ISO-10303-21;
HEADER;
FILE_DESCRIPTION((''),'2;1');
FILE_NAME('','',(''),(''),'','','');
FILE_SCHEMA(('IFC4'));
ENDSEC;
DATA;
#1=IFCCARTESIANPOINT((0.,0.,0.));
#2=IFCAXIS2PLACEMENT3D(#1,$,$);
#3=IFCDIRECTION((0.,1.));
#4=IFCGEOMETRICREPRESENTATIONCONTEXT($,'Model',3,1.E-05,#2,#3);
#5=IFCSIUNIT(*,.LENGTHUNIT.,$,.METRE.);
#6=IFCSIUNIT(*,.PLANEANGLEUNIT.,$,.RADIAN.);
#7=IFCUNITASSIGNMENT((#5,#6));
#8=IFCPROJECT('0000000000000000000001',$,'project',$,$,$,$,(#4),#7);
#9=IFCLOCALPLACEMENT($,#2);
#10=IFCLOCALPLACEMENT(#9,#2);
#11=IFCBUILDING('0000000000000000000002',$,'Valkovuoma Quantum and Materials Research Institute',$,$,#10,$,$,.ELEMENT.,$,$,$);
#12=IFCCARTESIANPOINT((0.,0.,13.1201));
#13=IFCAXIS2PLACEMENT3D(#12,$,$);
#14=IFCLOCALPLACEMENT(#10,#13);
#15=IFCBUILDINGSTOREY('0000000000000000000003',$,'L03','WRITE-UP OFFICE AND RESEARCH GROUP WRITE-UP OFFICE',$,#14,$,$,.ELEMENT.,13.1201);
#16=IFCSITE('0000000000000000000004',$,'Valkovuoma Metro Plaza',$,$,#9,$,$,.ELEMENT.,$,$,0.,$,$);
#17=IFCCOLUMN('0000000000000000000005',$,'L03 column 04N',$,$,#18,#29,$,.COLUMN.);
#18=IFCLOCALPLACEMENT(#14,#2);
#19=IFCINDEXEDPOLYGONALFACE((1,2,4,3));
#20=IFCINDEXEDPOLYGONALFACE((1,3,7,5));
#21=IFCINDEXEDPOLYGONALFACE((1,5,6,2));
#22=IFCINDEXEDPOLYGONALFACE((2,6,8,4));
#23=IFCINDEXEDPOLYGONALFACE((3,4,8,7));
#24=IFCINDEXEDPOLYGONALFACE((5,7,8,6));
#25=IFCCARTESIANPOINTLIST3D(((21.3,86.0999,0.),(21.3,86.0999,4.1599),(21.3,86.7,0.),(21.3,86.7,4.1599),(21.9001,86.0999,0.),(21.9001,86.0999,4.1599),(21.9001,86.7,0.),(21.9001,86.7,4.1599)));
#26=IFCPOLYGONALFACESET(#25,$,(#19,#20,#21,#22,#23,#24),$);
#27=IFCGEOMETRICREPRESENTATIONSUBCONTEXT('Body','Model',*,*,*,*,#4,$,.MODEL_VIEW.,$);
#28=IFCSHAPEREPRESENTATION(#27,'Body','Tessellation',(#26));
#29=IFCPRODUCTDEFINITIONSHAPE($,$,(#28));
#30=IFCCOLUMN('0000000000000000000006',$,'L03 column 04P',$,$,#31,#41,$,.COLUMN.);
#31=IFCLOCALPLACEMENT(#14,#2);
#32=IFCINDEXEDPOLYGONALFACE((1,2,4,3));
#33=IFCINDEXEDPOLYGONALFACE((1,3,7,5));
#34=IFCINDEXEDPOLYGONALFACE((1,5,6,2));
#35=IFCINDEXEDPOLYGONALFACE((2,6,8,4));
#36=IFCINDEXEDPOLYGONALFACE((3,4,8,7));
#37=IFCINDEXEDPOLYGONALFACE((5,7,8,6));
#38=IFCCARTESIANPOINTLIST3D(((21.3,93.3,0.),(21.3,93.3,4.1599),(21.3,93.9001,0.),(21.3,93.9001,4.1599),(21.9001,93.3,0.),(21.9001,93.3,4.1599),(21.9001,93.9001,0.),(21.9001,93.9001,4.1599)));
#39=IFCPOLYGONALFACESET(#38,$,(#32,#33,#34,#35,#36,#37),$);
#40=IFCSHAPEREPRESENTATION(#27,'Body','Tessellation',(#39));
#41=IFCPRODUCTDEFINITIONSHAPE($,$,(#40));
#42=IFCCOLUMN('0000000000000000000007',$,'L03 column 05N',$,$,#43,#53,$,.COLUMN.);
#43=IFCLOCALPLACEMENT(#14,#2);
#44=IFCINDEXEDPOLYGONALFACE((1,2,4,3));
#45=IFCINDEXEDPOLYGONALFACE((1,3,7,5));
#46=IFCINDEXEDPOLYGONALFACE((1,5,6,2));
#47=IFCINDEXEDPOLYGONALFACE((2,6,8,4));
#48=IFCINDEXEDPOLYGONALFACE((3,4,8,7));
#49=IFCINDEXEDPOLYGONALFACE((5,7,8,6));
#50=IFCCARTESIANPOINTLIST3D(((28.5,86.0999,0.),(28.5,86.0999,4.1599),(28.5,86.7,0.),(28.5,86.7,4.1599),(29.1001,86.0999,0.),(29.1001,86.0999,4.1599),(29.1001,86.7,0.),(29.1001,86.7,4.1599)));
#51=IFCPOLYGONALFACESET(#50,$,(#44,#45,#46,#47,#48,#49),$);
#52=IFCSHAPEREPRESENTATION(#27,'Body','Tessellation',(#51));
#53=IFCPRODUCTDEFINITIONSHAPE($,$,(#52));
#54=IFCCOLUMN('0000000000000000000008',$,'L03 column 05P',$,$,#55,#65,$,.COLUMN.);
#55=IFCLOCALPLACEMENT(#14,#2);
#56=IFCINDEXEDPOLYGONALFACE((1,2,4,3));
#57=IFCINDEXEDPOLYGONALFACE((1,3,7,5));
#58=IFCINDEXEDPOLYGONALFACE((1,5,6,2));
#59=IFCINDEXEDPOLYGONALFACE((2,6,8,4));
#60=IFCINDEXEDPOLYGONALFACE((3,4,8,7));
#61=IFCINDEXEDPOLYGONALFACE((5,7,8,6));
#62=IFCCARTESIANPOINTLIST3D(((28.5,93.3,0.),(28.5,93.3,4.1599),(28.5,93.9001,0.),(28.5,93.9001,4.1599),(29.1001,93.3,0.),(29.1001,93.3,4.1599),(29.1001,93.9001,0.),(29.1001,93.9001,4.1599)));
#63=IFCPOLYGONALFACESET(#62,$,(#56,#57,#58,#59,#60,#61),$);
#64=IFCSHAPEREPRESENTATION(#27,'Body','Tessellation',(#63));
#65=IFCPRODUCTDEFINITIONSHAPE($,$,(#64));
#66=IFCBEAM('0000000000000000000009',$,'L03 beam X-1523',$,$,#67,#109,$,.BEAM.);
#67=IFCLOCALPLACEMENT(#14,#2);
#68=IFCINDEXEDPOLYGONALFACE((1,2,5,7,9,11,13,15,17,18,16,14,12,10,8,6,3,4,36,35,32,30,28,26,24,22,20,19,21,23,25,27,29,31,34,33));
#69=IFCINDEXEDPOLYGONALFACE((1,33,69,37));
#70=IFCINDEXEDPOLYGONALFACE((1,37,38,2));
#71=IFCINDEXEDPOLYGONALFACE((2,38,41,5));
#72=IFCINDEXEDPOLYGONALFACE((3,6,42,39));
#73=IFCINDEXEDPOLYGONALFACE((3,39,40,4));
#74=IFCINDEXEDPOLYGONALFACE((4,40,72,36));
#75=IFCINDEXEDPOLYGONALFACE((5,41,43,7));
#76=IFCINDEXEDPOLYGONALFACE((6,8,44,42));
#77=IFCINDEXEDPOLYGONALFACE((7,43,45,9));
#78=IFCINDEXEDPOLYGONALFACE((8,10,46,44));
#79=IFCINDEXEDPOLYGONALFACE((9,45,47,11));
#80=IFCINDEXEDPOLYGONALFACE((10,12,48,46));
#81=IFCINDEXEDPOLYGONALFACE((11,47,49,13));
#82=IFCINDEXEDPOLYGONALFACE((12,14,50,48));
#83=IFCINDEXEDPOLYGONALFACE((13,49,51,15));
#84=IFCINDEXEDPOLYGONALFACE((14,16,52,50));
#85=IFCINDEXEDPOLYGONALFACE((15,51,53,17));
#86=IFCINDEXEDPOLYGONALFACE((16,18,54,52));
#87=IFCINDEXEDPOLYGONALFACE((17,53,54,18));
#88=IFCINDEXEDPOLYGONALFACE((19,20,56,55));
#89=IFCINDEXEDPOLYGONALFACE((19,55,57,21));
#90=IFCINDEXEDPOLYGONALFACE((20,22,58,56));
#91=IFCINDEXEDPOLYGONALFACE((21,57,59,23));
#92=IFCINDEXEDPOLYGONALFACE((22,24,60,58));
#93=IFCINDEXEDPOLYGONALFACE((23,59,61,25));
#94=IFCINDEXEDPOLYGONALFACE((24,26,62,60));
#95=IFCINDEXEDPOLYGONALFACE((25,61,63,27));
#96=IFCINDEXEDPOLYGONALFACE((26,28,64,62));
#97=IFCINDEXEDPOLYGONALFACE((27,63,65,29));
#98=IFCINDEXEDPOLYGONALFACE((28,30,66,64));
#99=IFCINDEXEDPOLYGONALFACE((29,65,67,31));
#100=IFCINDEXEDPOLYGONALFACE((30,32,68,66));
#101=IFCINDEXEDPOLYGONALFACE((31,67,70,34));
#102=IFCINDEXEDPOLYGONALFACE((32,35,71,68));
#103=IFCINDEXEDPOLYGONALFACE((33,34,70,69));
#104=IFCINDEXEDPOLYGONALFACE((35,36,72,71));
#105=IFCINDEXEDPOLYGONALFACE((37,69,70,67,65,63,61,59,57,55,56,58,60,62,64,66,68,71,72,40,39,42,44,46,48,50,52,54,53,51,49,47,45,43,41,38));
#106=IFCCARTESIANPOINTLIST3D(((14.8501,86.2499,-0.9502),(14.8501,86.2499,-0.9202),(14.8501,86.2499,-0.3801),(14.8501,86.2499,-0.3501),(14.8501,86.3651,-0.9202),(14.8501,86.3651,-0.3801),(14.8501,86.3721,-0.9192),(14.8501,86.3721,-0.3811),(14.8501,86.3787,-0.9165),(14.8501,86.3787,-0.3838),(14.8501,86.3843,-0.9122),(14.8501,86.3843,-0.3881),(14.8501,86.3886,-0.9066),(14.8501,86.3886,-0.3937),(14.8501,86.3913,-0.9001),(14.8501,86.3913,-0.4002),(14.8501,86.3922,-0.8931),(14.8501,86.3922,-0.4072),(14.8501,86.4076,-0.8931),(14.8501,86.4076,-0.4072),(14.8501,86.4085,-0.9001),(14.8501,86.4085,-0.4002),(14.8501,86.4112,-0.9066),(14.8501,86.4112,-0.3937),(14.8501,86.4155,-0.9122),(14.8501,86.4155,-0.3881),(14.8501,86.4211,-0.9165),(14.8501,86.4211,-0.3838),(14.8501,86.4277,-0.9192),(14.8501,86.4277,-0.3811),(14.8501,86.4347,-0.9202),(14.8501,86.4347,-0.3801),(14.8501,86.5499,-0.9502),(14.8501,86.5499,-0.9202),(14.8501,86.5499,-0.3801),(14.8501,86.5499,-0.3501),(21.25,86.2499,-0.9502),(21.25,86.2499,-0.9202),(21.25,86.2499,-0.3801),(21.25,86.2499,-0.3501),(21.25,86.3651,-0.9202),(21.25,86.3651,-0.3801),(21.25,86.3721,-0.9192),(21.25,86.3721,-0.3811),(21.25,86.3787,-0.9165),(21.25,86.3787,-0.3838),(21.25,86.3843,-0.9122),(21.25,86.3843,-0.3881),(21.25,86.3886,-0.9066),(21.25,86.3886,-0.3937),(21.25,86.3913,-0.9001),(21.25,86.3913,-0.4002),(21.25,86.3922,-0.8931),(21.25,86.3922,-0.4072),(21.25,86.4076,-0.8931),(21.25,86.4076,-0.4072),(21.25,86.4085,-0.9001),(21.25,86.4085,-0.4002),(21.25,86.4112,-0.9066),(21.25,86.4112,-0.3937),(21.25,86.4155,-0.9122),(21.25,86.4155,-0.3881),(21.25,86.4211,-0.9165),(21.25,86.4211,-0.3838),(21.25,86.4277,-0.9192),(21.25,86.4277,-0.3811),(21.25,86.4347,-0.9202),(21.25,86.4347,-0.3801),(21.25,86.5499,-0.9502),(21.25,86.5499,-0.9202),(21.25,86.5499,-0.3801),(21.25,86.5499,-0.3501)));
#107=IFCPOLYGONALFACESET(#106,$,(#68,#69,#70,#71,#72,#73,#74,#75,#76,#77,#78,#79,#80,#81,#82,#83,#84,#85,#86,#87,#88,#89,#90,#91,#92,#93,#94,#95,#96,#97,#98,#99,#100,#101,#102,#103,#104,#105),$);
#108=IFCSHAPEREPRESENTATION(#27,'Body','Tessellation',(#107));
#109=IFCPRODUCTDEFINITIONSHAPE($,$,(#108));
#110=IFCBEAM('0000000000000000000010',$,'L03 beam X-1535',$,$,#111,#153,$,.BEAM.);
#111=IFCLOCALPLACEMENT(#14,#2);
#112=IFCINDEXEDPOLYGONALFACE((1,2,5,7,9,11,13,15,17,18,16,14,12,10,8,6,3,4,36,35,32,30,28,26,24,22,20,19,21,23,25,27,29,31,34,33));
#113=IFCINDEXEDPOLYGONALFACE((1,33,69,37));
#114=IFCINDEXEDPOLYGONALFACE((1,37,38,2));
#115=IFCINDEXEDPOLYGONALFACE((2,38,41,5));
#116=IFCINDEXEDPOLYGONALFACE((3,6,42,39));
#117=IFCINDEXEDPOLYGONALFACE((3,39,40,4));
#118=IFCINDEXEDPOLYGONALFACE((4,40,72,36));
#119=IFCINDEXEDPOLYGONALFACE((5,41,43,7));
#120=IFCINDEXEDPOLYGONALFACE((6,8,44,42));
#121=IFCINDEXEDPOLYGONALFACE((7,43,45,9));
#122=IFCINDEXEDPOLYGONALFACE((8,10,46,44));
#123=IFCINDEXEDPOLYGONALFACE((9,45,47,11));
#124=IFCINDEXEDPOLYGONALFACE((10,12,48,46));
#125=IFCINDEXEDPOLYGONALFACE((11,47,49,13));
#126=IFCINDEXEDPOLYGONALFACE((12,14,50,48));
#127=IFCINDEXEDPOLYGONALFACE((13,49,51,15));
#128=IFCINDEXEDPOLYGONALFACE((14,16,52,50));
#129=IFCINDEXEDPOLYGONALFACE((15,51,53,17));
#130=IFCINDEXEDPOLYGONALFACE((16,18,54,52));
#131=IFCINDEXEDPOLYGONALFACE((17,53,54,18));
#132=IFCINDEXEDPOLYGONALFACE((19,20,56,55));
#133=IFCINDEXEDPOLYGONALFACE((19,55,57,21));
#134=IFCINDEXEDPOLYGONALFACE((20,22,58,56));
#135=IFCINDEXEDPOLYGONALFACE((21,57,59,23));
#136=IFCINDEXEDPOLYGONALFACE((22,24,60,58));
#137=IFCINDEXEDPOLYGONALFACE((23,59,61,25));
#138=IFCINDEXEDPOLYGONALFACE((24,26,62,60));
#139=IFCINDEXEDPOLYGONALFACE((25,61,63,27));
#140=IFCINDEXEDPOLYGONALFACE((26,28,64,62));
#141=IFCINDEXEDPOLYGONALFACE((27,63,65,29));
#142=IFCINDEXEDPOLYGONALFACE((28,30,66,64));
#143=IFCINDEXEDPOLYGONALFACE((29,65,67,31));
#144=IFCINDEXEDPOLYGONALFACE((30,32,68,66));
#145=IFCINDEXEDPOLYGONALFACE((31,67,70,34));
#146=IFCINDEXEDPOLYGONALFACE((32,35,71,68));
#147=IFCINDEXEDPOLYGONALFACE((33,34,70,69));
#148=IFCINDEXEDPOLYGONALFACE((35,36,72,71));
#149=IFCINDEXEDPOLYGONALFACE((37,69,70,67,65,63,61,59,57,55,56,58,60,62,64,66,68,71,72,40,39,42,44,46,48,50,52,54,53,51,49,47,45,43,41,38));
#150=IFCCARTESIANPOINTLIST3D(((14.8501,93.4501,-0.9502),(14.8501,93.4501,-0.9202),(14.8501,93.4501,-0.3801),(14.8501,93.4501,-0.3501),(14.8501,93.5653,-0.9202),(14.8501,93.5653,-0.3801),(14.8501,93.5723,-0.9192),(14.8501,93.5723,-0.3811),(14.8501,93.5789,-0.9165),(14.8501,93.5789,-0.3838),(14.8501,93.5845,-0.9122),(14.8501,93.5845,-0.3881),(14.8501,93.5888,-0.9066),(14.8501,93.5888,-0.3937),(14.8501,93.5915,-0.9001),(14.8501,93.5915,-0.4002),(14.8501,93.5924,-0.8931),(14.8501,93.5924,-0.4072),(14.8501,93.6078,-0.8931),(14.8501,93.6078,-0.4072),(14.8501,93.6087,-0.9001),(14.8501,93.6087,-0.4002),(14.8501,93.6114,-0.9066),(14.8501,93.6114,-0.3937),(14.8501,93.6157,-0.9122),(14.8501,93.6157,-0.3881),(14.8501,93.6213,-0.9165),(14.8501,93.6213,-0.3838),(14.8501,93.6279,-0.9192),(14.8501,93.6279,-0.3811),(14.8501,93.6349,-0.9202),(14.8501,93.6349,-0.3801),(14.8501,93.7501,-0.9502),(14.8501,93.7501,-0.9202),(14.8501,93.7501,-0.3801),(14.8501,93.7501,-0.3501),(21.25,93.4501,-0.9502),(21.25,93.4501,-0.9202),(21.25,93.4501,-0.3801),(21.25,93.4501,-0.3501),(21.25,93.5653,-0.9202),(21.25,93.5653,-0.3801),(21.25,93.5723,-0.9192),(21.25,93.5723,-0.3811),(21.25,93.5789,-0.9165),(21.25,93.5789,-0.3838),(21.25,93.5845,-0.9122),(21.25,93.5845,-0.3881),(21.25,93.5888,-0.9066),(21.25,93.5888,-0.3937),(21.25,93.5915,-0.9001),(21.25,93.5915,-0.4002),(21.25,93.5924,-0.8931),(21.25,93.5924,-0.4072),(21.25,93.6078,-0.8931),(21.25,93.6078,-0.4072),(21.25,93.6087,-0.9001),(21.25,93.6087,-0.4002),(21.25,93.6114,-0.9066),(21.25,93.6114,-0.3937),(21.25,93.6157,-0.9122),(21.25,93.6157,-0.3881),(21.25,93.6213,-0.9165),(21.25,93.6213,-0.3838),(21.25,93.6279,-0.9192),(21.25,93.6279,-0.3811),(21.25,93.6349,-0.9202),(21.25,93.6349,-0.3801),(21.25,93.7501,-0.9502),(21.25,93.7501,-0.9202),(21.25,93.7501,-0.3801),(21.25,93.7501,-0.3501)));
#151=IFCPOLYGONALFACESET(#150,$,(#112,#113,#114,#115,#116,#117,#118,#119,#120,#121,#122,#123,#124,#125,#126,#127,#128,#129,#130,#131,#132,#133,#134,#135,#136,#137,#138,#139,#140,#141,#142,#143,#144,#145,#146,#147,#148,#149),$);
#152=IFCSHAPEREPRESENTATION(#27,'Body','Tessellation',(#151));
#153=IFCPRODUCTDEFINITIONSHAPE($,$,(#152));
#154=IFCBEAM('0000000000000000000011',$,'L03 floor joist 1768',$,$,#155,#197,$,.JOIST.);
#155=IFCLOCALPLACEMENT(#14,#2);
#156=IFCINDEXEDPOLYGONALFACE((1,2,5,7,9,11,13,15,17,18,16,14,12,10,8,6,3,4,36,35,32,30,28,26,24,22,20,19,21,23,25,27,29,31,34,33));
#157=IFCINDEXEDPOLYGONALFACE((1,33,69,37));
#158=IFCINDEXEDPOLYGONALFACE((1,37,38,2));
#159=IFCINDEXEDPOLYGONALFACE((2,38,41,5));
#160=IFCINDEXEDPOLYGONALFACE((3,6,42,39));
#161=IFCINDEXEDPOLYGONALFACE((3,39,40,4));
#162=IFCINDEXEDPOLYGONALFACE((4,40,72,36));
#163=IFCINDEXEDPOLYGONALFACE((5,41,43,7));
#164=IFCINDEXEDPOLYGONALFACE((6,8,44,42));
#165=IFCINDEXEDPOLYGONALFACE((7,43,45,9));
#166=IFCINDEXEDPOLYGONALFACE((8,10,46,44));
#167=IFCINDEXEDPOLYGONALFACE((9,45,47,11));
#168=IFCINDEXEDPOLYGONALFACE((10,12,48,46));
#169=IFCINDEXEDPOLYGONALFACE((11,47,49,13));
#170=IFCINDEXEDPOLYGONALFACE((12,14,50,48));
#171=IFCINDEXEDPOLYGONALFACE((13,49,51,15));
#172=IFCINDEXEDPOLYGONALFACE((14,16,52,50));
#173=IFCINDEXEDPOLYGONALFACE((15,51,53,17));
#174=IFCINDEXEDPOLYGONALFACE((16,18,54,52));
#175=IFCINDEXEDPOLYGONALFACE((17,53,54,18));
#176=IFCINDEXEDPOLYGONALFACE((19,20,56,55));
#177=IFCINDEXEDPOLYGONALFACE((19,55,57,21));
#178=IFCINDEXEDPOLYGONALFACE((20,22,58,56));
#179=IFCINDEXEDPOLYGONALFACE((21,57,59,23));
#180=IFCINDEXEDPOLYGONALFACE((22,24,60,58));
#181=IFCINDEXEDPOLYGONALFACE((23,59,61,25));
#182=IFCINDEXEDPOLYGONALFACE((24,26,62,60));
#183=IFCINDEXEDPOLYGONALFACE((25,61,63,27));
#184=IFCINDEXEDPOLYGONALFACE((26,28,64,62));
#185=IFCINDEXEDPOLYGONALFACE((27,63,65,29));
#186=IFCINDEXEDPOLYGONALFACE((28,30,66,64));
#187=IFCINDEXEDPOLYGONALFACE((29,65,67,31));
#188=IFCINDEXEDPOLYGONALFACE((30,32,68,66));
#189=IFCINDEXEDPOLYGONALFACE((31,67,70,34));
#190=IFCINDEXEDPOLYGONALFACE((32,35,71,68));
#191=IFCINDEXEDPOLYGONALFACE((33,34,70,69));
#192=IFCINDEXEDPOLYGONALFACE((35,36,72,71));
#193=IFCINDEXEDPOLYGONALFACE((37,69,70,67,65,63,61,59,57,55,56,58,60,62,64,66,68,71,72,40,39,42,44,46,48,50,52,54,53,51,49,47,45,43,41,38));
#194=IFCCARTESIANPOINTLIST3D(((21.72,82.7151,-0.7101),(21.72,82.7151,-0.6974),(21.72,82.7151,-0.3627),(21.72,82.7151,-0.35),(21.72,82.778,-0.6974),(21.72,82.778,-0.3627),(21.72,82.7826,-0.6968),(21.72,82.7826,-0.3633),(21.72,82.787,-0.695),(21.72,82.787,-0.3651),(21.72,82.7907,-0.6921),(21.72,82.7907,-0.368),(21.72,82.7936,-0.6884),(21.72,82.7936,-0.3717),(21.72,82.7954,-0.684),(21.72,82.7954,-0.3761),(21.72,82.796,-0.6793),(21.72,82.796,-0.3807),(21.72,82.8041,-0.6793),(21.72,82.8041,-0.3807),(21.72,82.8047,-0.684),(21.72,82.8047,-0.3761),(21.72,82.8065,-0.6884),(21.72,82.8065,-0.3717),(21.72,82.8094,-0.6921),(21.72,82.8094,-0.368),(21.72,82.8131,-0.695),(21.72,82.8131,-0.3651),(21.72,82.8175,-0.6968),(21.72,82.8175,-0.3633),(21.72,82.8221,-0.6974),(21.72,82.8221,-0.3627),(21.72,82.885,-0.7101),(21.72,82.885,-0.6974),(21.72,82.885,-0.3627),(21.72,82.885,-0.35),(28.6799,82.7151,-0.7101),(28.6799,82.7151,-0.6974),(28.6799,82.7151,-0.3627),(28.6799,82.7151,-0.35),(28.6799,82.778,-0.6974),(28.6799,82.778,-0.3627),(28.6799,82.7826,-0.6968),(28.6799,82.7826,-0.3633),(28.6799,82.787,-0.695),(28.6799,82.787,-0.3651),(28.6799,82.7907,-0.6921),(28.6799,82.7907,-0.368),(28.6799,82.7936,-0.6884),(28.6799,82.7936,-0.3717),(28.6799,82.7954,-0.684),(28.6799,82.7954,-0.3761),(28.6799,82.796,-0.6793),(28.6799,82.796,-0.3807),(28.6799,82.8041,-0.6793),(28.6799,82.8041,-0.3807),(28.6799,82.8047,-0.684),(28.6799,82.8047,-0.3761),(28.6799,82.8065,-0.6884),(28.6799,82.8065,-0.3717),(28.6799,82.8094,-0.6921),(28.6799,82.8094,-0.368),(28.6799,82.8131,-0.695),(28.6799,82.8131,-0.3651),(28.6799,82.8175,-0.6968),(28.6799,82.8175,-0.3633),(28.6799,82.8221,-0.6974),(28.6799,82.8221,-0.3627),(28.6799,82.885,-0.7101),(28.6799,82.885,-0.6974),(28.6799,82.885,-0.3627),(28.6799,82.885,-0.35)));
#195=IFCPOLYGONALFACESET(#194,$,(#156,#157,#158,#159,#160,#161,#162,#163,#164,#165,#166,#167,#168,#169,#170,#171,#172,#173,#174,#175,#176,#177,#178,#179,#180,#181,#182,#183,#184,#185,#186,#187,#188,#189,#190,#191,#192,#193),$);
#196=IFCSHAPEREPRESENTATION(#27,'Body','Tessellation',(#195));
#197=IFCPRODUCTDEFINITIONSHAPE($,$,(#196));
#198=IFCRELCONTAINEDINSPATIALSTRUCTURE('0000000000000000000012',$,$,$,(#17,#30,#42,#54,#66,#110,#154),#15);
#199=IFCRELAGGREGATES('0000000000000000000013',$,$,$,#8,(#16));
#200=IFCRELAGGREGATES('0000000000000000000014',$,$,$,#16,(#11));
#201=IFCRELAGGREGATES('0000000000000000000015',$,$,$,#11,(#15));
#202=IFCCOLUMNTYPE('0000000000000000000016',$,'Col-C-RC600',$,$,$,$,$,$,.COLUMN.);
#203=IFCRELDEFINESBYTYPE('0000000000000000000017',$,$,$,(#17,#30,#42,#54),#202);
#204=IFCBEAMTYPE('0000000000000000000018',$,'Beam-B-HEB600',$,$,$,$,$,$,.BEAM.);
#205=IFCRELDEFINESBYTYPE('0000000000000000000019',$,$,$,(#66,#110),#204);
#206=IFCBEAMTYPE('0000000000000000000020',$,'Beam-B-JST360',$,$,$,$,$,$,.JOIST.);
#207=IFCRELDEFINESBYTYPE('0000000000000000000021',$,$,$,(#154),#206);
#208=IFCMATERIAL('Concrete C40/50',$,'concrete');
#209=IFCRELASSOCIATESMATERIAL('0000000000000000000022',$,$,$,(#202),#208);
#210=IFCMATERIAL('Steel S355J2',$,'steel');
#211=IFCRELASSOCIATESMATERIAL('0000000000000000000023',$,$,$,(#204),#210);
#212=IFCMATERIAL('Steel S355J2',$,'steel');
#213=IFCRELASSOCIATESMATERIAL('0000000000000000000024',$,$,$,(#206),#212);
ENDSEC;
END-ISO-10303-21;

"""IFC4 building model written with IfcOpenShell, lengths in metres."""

from ifc_helpers import new_model, si_unit, direction, frame, origin, origin_2d, place, context, subcontext, project, spatial, rectangle, i_section, extrude, material, material_profile, profile_set, type_object, element, save


model = new_model("IFC4")

# Units and contexts
model_context = context("Model", 3, precision=1e-05, world=origin(), true_north=direction((0.0, 1.0)))
body_context = subcontext(model_context, "Body", "Model", "MODEL_VIEW")
ifc_project = project(units=[si_unit("LENGTHUNIT", "METRE"), si_unit("PLANEANGLEUNIT", "RADIAN")], contexts=[model_context])

# Site, building, storey
site_placement = place(None, origin())
site = spatial("IfcSite", under=ifc_project, at=site_placement, Name="Valkovuoma Metro Plaza", CompositionType="ELEMENT", RefElevation=0.0)
building_placement = place(site_placement, origin())
building = spatial("IfcBuilding", under=site, at=building_placement, Name="Valkovuoma Quantum and Materials Research Institute", CompositionType="ELEMENT")
storey_placement = place(building_placement, frame((0.0, 0.0, 13.1201)))
storey = spatial("IfcBuildingStorey", under=building, at=storey_placement, Name="L03", Description="WRITE-UP OFFICE AND RESEARCH GROUP WRITE-UP OFFICE", CompositionType="ELEMENT", Elevation=13.1201)

# Columns
ifc_material_1 = material(Name="Concrete C40/50", Category="concrete")
ifc_material_profile_1 = material_profile(ifc_material_1, rectangle(XDim=0.6001, YDim=0.6001, at=origin_2d()), Name="Concrete C40/50")
ifc_profile_set_1 = profile_set([ifc_material_profile_1], Name="Concrete C40/50")
column_type = type_object("IfcColumnType", Name="Col-C-RC600", PredefinedType="COLUMN", material=ifc_profile_set_1)
for number, where, z_axis, x_axis, name in (
    (1, (21.6001, 86.3999, 0.0), (0.0, 0.0, 1.0), (1.0, 0.0, 0.0), "L03 column 04N"),
    (2, (21.6001, 93.6001, 0.0), (0.0, 0.0, 1.0), (1.0, 0.0, 0.0), "L03 column 04P"),
    (3, (28.8, 86.3999, 0.0), (0.0, 0.0, 1.0), (1.0, 0.0, 0.0), "L03 column 05N"),
    (4, (28.8, 93.6001, 0.0), (0.0, 0.0, 1.0), (1.0, 0.0, 0.0), "L03 column 05P"),
):
    element("IfcColumn", number, at=place(storey_placement, frame(where, z_axis=z_axis, x_axis=x_axis)), inside=storey, type_object=column_type, Name=name, PredefinedType="COLUMN", context=body_context, shape_type="SweptSolid", body=[
        extrude(rectangle(XDim=0.6001, YDim=0.6001, at=origin_2d()), origin(), (0.0, 0.0, 1.0), 4.1599),
    ])

# Beams
ifc_material_2 = material(Name="Steel S355J2", Category="steel")
ifc_material_profile_2 = material_profile(ifc_material_2, i_section(OverallWidth=0.3, OverallDepth=0.6001, WebThickness=0.0154, FlangeThickness=0.03, FilletRadius=0.0271, at=origin_2d()), Name="Steel S355J2")
ifc_profile_set_2 = profile_set([ifc_material_profile_2], Name="Steel S355J2")
beam_type_1 = type_object("IfcBeamType", Name="Beam-B-HEB600", PredefinedType="BEAM", material=ifc_profile_set_2)
for number, where, z_axis, x_axis, name in (
    (5, (14.8501, 86.3999, -0.6501), (1.0, 0.0, 0.0), (0.0, 1.0, 0.0), "L03 beam X-1523"),
    (6, (14.8501, 93.6001, -0.6501), (1.0, 0.0, 0.0), (0.0, 1.0, 0.0), "L03 beam X-1535"),
):
    element("IfcBeam", number, at=place(storey_placement, frame(where, z_axis=z_axis, x_axis=x_axis)), inside=storey, type_object=beam_type_1, Name=name, PredefinedType="BEAM", context=body_context, shape_type="SweptSolid", body=[
        extrude(i_section(OverallWidth=0.3, OverallDepth=0.6001, WebThickness=0.0154, FlangeThickness=0.03, FilletRadius=0.0271, at=origin_2d()), origin(), (0.0, 0.0, 1.0), 6.3999),
    ])
ifc_material_3 = material(Name="Steel S355J2", Category="steel")
ifc_material_profile_3 = material_profile(ifc_material_3, i_section(OverallWidth=0.1699, OverallDepth=0.3601, WebThickness=0.0081, FlangeThickness=0.0127, FilletRadius=0.0181, at=origin_2d()), Name="Steel S355J2")
ifc_profile_set_3 = profile_set([ifc_material_profile_3], Name="Steel S355J2")
beam_type_2 = type_object("IfcBeamType", Name="Beam-B-JST360", PredefinedType="JOIST", material=ifc_profile_set_3)
for number, where, z_axis, x_axis, name in (
    (7, (21.72, 82.8, -0.53), (1.0, 0.0, 0.0), (0.0, 1.0, 0.0), "L03 floor joist 1768"),
):
    element("IfcBeam", number, at=place(storey_placement, frame(where, z_axis=z_axis, x_axis=x_axis)), inside=storey, type_object=beam_type_2, Name=name, PredefinedType="JOIST", context=body_context, shape_type="SweptSolid", body=[
        extrude(i_section(OverallWidth=0.1699, OverallDepth=0.3601, WebThickness=0.0081, FlangeThickness=0.0127, FilletRadius=0.0181, at=origin_2d()), origin(), (0.0, 0.0, 1.0), 6.96),
    ])

save(model, "model.ifc")
